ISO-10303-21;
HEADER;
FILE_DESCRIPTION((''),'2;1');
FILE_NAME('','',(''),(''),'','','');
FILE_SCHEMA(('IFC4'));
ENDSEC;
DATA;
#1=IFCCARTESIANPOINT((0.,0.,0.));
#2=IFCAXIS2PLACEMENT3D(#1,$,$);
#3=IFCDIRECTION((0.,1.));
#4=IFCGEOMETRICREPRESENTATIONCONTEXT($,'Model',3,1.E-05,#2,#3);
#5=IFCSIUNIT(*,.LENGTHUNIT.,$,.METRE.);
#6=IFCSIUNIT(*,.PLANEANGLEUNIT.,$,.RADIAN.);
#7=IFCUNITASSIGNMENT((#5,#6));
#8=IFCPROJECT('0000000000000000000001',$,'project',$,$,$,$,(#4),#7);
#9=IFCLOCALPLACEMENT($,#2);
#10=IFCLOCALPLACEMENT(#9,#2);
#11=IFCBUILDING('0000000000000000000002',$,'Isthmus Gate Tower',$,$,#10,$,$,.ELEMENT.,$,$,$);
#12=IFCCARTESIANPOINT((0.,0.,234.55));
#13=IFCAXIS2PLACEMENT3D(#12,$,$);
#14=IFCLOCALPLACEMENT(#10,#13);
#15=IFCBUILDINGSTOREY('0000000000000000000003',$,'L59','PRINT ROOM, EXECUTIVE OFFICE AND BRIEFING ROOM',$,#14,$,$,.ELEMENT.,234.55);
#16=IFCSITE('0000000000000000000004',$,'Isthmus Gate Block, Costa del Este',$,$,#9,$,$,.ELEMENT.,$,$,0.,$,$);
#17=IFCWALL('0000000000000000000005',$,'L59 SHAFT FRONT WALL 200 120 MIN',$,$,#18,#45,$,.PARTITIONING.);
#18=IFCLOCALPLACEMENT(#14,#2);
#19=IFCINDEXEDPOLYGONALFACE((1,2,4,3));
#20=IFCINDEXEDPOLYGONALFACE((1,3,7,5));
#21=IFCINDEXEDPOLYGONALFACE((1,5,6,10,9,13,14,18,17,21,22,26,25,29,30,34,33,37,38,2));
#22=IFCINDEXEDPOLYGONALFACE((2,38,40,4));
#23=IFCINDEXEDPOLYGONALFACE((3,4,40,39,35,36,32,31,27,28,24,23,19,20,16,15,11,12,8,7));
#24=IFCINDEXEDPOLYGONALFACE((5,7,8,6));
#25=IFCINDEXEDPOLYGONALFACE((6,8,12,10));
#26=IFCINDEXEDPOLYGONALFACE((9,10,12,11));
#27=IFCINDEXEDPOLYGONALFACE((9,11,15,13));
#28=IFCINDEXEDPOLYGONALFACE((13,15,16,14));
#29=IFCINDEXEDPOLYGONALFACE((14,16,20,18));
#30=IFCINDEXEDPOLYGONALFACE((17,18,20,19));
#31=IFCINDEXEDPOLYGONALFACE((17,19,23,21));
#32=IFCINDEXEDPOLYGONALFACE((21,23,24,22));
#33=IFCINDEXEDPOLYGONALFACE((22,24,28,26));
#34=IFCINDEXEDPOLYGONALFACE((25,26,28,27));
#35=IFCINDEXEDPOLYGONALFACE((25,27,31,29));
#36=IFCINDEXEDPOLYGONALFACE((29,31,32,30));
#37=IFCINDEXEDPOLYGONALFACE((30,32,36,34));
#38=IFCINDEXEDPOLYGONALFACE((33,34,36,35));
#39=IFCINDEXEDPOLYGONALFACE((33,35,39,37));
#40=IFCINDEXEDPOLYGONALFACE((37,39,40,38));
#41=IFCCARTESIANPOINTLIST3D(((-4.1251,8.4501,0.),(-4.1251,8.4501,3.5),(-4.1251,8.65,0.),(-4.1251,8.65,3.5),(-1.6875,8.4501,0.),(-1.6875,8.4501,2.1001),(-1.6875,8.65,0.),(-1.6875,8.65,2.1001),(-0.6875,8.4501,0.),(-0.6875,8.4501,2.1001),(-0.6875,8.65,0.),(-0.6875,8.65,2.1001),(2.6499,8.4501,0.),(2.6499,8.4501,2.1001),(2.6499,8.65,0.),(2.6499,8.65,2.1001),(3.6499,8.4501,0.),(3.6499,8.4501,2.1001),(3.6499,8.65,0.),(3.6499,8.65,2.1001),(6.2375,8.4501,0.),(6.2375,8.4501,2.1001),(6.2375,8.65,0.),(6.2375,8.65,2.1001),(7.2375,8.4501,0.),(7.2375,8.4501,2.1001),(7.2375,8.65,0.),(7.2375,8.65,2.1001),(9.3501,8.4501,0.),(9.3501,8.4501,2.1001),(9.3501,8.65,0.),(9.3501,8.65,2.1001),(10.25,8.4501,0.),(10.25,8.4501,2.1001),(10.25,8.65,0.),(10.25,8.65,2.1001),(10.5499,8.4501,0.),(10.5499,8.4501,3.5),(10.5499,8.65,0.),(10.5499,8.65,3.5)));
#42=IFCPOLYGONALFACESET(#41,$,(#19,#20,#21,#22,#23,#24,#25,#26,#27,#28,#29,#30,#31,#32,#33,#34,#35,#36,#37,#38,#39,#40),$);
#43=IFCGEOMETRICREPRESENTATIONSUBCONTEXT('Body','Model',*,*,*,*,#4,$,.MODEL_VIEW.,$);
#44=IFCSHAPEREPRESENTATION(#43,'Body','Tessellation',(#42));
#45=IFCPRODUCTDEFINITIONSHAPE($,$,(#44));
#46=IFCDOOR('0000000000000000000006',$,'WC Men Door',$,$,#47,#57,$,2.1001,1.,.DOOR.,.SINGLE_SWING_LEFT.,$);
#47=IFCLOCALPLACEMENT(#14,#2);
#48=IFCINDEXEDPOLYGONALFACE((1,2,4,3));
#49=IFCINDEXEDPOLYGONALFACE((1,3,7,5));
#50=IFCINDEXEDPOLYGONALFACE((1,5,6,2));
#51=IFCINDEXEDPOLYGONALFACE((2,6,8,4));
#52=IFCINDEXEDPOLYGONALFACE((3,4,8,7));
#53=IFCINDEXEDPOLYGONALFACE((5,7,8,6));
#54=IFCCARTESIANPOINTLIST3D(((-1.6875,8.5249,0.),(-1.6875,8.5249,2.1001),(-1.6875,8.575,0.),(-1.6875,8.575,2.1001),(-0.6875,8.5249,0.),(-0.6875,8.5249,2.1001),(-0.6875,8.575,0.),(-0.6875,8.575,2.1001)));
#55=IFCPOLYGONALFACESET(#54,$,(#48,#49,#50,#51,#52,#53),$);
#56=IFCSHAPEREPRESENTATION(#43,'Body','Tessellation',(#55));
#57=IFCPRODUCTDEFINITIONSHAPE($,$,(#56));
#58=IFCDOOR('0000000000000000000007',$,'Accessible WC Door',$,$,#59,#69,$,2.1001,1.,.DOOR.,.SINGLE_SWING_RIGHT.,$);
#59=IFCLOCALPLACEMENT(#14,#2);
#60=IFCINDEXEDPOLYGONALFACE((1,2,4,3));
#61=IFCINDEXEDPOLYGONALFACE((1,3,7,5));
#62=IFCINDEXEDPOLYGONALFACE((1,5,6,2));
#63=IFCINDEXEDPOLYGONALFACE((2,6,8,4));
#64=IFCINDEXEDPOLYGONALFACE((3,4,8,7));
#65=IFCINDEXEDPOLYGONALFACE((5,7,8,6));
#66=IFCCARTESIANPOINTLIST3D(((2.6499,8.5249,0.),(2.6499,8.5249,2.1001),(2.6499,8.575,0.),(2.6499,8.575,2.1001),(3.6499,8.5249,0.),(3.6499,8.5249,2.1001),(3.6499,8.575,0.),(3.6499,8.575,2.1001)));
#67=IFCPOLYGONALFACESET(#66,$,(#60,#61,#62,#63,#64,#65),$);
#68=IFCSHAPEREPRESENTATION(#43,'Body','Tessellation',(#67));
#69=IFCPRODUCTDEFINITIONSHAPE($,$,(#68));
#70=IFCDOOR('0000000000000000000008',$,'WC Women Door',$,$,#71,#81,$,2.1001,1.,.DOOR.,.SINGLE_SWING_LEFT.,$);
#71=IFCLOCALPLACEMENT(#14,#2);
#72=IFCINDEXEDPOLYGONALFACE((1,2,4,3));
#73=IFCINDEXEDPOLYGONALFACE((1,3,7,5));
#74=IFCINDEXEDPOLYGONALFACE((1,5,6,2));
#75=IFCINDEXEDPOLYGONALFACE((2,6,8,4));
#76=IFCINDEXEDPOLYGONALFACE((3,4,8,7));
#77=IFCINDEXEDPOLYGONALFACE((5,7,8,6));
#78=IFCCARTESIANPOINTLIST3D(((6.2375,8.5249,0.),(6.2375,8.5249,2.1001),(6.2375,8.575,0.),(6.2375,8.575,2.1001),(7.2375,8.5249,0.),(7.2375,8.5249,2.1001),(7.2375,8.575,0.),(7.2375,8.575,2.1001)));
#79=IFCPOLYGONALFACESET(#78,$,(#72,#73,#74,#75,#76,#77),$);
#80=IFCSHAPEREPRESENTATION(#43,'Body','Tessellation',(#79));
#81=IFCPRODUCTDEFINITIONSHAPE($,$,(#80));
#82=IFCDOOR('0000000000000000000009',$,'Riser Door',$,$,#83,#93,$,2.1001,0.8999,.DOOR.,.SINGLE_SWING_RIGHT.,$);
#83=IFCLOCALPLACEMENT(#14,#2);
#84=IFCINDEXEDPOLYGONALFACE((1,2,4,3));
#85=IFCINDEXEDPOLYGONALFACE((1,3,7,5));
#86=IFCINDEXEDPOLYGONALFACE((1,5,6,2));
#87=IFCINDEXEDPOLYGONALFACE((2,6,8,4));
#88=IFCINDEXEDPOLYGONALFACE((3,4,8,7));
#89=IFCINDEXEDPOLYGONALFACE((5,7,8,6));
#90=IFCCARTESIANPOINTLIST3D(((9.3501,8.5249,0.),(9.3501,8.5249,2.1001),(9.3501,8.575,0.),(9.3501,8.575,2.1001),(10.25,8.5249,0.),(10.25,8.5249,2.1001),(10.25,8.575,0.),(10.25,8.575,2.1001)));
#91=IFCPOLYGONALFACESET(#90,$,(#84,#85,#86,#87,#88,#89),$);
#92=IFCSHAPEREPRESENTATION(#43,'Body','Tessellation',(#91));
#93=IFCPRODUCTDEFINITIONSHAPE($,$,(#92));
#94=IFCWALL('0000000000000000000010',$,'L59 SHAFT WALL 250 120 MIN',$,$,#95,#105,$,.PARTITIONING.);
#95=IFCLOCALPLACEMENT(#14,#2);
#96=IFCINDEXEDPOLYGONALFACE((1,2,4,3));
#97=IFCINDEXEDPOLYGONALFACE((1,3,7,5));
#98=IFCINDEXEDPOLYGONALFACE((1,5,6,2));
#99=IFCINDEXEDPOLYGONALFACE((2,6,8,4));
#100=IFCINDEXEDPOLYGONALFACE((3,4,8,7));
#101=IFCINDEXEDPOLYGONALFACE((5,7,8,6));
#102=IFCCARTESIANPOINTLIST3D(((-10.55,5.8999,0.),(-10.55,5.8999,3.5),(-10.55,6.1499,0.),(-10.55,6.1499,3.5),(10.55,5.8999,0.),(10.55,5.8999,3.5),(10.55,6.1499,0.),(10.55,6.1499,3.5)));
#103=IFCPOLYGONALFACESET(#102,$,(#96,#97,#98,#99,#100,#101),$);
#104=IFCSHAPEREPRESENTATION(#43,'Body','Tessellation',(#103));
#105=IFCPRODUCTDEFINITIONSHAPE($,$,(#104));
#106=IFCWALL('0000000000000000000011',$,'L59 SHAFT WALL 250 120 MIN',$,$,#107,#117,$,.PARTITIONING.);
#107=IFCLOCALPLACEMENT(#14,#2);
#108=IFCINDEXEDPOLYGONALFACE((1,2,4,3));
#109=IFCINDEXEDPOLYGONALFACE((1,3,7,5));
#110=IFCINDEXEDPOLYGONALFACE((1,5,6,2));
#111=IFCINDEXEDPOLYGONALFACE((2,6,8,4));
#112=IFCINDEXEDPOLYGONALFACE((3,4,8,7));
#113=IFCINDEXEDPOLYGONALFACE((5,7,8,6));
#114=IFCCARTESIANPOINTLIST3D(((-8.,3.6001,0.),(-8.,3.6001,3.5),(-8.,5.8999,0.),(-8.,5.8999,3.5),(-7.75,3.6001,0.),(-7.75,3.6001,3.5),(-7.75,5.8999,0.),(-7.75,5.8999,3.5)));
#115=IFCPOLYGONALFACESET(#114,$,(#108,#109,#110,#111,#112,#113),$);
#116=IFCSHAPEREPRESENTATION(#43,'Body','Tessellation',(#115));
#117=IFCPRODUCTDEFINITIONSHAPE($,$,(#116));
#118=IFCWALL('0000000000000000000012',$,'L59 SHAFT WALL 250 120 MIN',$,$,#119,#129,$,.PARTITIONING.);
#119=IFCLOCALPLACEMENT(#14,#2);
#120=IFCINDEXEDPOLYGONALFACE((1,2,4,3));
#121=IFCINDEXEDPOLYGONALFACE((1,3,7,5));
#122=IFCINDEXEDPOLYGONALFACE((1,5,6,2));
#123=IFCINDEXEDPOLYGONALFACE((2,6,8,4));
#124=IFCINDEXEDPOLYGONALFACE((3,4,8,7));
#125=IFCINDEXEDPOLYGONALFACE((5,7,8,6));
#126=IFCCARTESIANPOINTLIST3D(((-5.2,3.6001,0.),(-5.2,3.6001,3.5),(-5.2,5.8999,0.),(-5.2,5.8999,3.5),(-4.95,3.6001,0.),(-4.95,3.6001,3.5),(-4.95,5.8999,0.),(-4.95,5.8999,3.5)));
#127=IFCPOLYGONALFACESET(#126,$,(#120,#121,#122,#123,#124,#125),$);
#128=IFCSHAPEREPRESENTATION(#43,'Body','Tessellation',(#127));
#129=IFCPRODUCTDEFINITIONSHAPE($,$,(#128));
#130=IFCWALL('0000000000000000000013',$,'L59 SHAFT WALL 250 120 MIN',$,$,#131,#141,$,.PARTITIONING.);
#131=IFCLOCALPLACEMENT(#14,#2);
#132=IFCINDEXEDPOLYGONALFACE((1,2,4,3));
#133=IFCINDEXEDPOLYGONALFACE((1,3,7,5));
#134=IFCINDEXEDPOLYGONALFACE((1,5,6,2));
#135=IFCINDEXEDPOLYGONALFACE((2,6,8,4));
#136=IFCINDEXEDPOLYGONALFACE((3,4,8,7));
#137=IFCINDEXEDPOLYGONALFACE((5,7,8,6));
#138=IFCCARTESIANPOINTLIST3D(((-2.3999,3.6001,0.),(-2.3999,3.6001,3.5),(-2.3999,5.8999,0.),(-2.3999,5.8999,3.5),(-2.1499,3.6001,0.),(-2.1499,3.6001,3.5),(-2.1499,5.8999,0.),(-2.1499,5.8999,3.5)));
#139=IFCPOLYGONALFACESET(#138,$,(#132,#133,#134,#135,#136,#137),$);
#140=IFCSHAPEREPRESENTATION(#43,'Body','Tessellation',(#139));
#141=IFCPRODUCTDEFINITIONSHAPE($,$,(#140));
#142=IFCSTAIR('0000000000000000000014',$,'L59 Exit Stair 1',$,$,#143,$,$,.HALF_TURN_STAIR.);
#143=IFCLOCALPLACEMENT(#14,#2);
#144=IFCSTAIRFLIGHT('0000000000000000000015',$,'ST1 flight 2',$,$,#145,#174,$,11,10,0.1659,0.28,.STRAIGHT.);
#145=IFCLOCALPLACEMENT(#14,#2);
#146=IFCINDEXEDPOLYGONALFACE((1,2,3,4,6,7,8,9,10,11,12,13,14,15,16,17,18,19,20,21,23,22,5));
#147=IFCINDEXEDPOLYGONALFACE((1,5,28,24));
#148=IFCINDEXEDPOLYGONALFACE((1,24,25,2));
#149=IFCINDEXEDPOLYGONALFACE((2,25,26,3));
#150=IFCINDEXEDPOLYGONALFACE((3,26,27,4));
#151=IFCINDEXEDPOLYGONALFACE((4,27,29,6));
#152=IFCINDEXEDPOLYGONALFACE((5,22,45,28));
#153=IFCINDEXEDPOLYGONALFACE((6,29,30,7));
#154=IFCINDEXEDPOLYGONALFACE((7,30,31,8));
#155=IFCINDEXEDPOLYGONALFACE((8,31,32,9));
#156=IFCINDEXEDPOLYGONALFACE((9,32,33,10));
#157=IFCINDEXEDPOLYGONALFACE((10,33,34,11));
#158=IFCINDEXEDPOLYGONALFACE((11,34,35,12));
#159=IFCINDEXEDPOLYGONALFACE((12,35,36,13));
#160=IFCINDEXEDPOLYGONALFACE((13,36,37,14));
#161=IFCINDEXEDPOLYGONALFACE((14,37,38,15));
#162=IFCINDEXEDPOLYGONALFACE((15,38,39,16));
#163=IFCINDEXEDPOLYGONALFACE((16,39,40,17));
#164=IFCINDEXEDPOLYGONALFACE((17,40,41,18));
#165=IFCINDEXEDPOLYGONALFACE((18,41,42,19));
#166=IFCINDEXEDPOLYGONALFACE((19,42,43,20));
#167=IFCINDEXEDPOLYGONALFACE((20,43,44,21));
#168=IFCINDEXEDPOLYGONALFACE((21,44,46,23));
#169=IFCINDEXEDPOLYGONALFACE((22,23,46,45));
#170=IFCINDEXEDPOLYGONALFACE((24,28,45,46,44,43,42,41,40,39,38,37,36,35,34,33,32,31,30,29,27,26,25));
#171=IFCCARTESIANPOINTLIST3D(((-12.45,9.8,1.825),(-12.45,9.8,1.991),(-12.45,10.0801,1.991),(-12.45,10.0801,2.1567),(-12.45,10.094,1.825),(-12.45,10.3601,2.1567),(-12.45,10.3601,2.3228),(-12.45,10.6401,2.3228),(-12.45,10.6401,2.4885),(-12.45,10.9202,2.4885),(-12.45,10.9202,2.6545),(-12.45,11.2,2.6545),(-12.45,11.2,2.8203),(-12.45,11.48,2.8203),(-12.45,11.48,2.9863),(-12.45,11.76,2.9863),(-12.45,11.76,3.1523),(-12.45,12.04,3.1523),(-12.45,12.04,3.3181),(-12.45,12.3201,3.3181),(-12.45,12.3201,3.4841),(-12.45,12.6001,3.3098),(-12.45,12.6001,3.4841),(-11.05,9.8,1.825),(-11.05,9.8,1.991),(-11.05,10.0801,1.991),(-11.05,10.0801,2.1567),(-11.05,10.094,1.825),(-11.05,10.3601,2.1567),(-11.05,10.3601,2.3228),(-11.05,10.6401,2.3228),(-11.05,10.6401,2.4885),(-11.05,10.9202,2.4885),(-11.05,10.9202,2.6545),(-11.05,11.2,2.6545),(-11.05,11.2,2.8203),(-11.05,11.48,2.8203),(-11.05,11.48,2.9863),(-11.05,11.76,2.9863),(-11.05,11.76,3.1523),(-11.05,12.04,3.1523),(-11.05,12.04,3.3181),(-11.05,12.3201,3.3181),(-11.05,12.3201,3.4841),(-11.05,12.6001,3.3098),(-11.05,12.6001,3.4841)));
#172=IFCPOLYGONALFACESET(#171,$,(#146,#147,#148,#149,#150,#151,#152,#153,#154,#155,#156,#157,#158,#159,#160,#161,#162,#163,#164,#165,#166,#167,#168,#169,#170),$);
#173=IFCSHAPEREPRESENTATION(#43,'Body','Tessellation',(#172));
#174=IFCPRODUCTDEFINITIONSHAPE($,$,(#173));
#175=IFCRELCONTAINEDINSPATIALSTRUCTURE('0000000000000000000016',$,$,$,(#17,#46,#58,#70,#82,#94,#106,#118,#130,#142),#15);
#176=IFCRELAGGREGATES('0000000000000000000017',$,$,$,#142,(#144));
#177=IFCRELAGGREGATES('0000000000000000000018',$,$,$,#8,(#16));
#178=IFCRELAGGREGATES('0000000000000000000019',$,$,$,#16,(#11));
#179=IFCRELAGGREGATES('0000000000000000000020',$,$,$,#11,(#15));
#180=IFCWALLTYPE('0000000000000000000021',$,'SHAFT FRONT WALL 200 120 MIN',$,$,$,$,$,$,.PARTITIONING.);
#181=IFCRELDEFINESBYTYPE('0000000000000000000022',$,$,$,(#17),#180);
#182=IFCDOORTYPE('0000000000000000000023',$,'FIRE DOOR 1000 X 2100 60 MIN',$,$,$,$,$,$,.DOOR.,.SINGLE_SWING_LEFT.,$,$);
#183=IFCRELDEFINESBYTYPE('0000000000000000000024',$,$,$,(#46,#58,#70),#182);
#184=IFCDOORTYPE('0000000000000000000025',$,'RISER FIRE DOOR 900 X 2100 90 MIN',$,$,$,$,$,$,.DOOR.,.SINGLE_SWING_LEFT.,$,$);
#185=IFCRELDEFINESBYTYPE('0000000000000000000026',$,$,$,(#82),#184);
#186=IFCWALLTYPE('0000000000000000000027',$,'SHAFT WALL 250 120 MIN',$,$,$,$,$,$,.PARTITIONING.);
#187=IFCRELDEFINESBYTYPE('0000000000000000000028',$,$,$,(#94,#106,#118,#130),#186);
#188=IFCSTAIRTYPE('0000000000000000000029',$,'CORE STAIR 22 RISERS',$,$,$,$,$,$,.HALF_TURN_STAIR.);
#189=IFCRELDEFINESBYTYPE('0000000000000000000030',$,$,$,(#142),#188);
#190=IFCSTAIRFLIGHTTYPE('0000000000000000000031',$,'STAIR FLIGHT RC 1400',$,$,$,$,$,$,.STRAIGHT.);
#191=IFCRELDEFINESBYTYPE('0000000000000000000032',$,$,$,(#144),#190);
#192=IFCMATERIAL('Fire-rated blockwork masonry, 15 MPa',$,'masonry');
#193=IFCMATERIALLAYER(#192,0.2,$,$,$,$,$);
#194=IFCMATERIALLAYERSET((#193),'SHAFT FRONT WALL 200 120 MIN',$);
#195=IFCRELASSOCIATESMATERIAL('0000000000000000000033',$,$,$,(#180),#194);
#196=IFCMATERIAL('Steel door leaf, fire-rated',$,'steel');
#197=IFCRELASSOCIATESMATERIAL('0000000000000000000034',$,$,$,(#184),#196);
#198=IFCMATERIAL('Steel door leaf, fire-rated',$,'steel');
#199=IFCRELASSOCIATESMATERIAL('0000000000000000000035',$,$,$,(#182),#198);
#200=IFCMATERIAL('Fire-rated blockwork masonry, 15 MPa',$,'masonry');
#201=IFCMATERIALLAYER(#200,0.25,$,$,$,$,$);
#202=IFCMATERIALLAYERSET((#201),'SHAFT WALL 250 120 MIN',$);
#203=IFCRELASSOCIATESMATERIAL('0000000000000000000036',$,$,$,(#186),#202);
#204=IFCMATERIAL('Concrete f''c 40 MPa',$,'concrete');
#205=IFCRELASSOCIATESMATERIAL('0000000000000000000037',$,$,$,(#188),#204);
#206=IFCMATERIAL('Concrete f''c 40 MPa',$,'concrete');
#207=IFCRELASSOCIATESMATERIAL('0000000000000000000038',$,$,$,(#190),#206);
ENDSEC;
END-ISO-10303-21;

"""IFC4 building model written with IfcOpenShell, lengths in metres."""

from ifc_helpers import new_model, si_unit, direction, frame, frame_2d, origin, place, context, subcontext, project, spatial, polyline, rectangle, outline, extrude, material, layer, layer_set, type_object, element, fill, aggregate, save


model = new_model("IFC4")

# Units and contexts
model_context = context("Model", 3, precision=1e-05, world=origin(), true_north=direction((0.0, 1.0)))
body_context = subcontext(model_context, "Body", "Model", "MODEL_VIEW")
ifc_project = project(units=[si_unit("LENGTHUNIT", "METRE"), si_unit("PLANEANGLEUNIT", "RADIAN")], contexts=[model_context])

# Site, building, storey
site_placement = place(None, origin())
site = spatial("IfcSite", under=ifc_project, at=site_placement, Name="Isthmus Gate Block, Costa del Este", CompositionType="ELEMENT", RefElevation=0.0)
building_placement = place(site_placement, origin())
building = spatial("IfcBuilding", under=site, at=building_placement, Name="Isthmus Gate Tower", CompositionType="ELEMENT")
storey_placement = place(building_placement, frame((0.0, 0.0, 234.55)))
storey = spatial("IfcBuildingStorey", under=building, at=storey_placement, Name="L59", Description="PRINT ROOM, EXECUTIVE OFFICE AND BRIEFING ROOM", CompositionType="ELEMENT", Elevation=234.55)

# Wall, openings, doors
ifc_material_1 = material(Name="Fire-rated blockwork masonry, 15 MPa", Category="masonry")
ifc_layer_1 = layer(ifc_material_1, 0.2)
ifc_layer_set_1 = layer_set([ifc_layer_1], Name="SHAFT FRONT WALL 200 120 MIN")
wall_type_1 = type_object("IfcWallType", Name="SHAFT FRONT WALL 200 120 MIN", PredefinedType="PARTITIONING", material=ifc_layer_set_1)
ifc_material_2 = material(Name="Steel door leaf, fire-rated", Category="steel")
door_type_1 = type_object("IfcDoorType", Name="RISER FIRE DOOR 900 X 2100 90 MIN", OperationType="SINGLE_SWING_LEFT", PredefinedType="DOOR", material=ifc_material_2)
wall_1_placement = place(storey_placement, frame((-4.125, 8.55, 0.0), z_axis=(0.0, 0.0, 1.0), x_axis=(1.0, 0.0, 0.0)))
wall_1 = element("IfcWall", 1, at=wall_1_placement, inside=storey, type_object=wall_type_1, Name="L59 SHAFT FRONT WALL 200 120 MIN", PredefinedType="PARTITIONING", context=body_context, shape_type="SweptSolid", body=[
    extrude(rectangle(XDim=14.675, YDim=0.2, at=frame_2d((7.3374, 0.0))), origin(), (0.0, 0.0, 1.0), 3.5),
])
opening_1_placement = place(wall_1_placement, frame((2.4375, 0.0, 0.0)))
opening_1 = element("IfcOpeningElement", 2, at=opening_1_placement, cuts=wall_1, PredefinedType="OPENING", context=body_context, shape_type="SweptSolid", body=[
    extrude(rectangle(XDim=1.0, YDim=2.1001, at=frame_2d((0.5, 1.05))), frame((0.0, 0.1099, 0.0), z_axis=(0.0, -1.0, 0.0), x_axis=(1.0, 0.0, 0.0)), (0.0, 0.0, 1.0), 0.22),
])
opening_2_placement = place(wall_1_placement, frame((6.7749, 0.0, 0.0)))
opening_2 = element("IfcOpeningElement", 3, at=opening_2_placement, cuts=wall_1, PredefinedType="OPENING", context=body_context, shape_type="SweptSolid", body=[
    extrude(rectangle(XDim=1.0, YDim=2.1001, at=frame_2d((0.5, 1.05))), frame((0.0, 0.1099, 0.0), z_axis=(0.0, -1.0, 0.0), x_axis=(1.0, 0.0, 0.0)), (0.0, 0.0, 1.0), 0.22),
])
opening_3_placement = place(wall_1_placement, frame((10.3625, 0.0, 0.0)))
opening_3 = element("IfcOpeningElement", 4, at=opening_3_placement, cuts=wall_1, PredefinedType="OPENING", context=body_context, shape_type="SweptSolid", body=[
    extrude(rectangle(XDim=1.0, YDim=2.1001, at=frame_2d((0.5, 1.05))), frame((0.0, 0.1099, 0.0), z_axis=(0.0, -1.0, 0.0), x_axis=(1.0, 0.0, 0.0)), (0.0, 0.0, 1.0), 0.22),
])
opening_4_placement = place(wall_1_placement, frame((13.4751, 0.0, 0.0)))
opening_4 = element("IfcOpeningElement", 5, at=opening_4_placement, cuts=wall_1, PredefinedType="OPENING", context=body_context, shape_type="SweptSolid", body=[
    extrude(rectangle(XDim=0.8999, YDim=2.1001, at=frame_2d((0.45, 1.05))), frame((0.0, 0.1099, 0.0), z_axis=(0.0, -1.0, 0.0), x_axis=(1.0, 0.0, 0.0)), (0.0, 0.0, 1.0), 0.22),
])
ifc_material_3 = material(Name="Steel door leaf, fire-rated", Category="steel")
door_type_2 = type_object("IfcDoorType", Name="FIRE DOOR 1000 X 2100 60 MIN", OperationType="SINGLE_SWING_LEFT", PredefinedType="DOOR", material=ifc_material_3)
door_1_placement = place(opening_1_placement, origin())
door_1 = element("IfcDoor", 6, at=door_1_placement, inside=storey, type_object=door_type_2, Name="WC Men Door", OperationType="SINGLE_SWING_LEFT", OverallHeight=2.1001, OverallWidth=1.0, PredefinedType="DOOR", context=body_context, shape_type="SweptSolid", body=[
    extrude(rectangle(XDim=1.0, YDim=2.1001, at=frame_2d((0.5, 1.05))), frame((0.0, 0.0249, 0.0), z_axis=(0.0, -1.0, 0.0), x_axis=(1.0, 0.0, 0.0)), (0.0, 0.0, 1.0), 0.05),
])
fill(opening_1, door_1)
door_2_placement = place(opening_2_placement, origin())
door_2 = element("IfcDoor", 7, at=door_2_placement, inside=storey, type_object=door_type_2, Name="Accessible WC Door", OperationType="SINGLE_SWING_RIGHT", OverallHeight=2.1001, OverallWidth=1.0, PredefinedType="DOOR", context=body_context, shape_type="SweptSolid", body=[
    extrude(rectangle(XDim=1.0, YDim=2.1001, at=frame_2d((0.5, 1.05))), frame((0.0, 0.0249, 0.0), z_axis=(0.0, -1.0, 0.0), x_axis=(1.0, 0.0, 0.0)), (0.0, 0.0, 1.0), 0.05),
])
fill(opening_2, door_2)
door_3_placement = place(opening_3_placement, origin())
door_3 = element("IfcDoor", 8, at=door_3_placement, inside=storey, type_object=door_type_2, Name="WC Women Door", OperationType="SINGLE_SWING_LEFT", OverallHeight=2.1001, OverallWidth=1.0, PredefinedType="DOOR", context=body_context, shape_type="SweptSolid", body=[
    extrude(rectangle(XDim=1.0, YDim=2.1001, at=frame_2d((0.5, 1.05))), frame((0.0, 0.0249, 0.0), z_axis=(0.0, -1.0, 0.0), x_axis=(1.0, 0.0, 0.0)), (0.0, 0.0, 1.0), 0.05),
])
fill(opening_3, door_3)
door_4_placement = place(opening_4_placement, origin())
door_4 = element("IfcDoor", 9, at=door_4_placement, inside=storey, type_object=door_type_1, Name="Riser Door", OperationType="SINGLE_SWING_RIGHT", OverallHeight=2.1001, OverallWidth=0.8999, PredefinedType="DOOR", context=body_context, shape_type="SweptSolid", body=[
    extrude(rectangle(XDim=0.8999, YDim=2.1001, at=frame_2d((0.45, 1.05))), frame((0.0, 0.0249, 0.0), z_axis=(0.0, -1.0, 0.0), x_axis=(1.0, 0.0, 0.0)), (0.0, 0.0, 1.0), 0.05),
])
fill(opening_4, door_4)

# Walls
ifc_material_4 = material(Name="Fire-rated blockwork masonry, 15 MPa", Category="masonry")
ifc_layer_2 = layer(ifc_material_4, 0.25)
ifc_layer_set_2 = layer_set([ifc_layer_2], Name="SHAFT WALL 250 120 MIN")
wall_type_2 = type_object("IfcWallType", Name="SHAFT WALL 250 120 MIN", PredefinedType="PARTITIONING", material=ifc_layer_set_2)
wall_2_placement = place(storey_placement, frame((-10.55, 6.0249, 0.0), z_axis=(0.0, 0.0, 1.0), x_axis=(1.0, 0.0, 0.0)))
element("IfcWall", 10, at=wall_2_placement, inside=storey, type_object=wall_type_2, Name="L59 SHAFT WALL 250 120 MIN", PredefinedType="PARTITIONING", context=body_context, shape_type="SweptSolid", body=[
    extrude(rectangle(XDim=21.1001, YDim=0.25, at=frame_2d((10.55, 0.0))), origin(), (0.0, 0.0, 1.0), 3.5),
])
for number, where, z_axis, x_axis, name in (
    (11, (-7.875, 3.6001, 0.0), (0.0, 0.0, 1.0), (0.0, 1.0, 0.0), "L59 SHAFT WALL 250 120 MIN"),
    (12, (-5.075, 3.6001, 0.0), (0.0, 0.0, 1.0), (0.0, 1.0, 0.0), "L59 SHAFT WALL 250 120 MIN"),
    (13, (-2.2749, 3.6001, 0.0), (0.0, 0.0, 1.0), (0.0, 1.0, 0.0), "L59 SHAFT WALL 250 120 MIN"),
):
    element("IfcWall", number, at=place(storey_placement, frame(where, z_axis=z_axis, x_axis=x_axis)), inside=storey, type_object=wall_type_2, Name=name, PredefinedType="PARTITIONING", context=body_context, shape_type="SweptSolid", body=[
        extrude(rectangle(XDim=2.2998, YDim=0.25, at=frame_2d((1.1499, 0.0))), origin(), (0.0, 0.0, 1.0), 3.5),
    ])

# Stair, stair flight
ifc_material_5 = material(Name="Concrete f'c 40 MPa", Category="concrete")
stair_type = type_object("IfcStairType", Name="CORE STAIR 22 RISERS", PredefinedType="HALF_TURN_STAIR", material=ifc_material_5)
stair_1_placement = place(storey_placement, origin())
stair_1 = element("IfcStair", 14, at=stair_1_placement, inside=storey, type_object=stair_type, Name="L59 Exit Stair 1", PredefinedType="HALF_TURN_STAIR")
ifc_material_6 = material(Name="Concrete f'c 40 MPa", Category="concrete")
stair_flight_type = type_object("IfcStairFlightType", Name="STAIR FLIGHT RC 1400", PredefinedType="STRAIGHT", material=ifc_material_6)
stair_flight_1_placement = place(storey_placement, frame((-11.75, 9.8, 1.825), z_axis=(0.0, 0.0, 1.0), x_axis=(0.0, 1.0, 0.0)))
stair_flight_1 = element("IfcStairFlight", 15, at=stair_flight_1_placement, type_object=stair_flight_type, Name="ST1 flight 2", NumberOfRisers=11, NumberOfTreads=10, PredefinedType="STRAIGHT", RiserHeight=0.1659, TreadLength=0.28, context=body_context, shape_type="SweptSolid", body=[
    extrude(outline(polyline([(0.0, 0.0), (0.0, 0.166), (0.28, 0.166), (0.28, 0.3318), (0.5601, 0.3318), (0.5601, 0.4978), (0.8401, 0.4978), (0.8401, 0.6636), (1.1201, 0.6636), (1.1201, 0.8296), (1.3999, 0.8296), (1.3999, 0.9954), (1.6799, 0.9954), (1.6799, 1.1614), (1.96, 1.1614), (1.96, 1.3274), (2.24, 1.3274), (2.24, 1.4932), (2.52, 1.4932), (2.52, 1.6592), (2.8, 1.6592), (2.8, 1.825), (2.8, 1.4849), (0.2939, 0.0), (0.0, 0.0)])), frame((0.0, 0.7, 0.0), z_axis=(0.0, -1.0, 0.0), x_axis=(1.0, 0.0, 0.0)), (0.0, 0.0, 1.0), 1.3999),
])
aggregate(stair_1, [stair_flight_1])

save(model, "model.ifc")
